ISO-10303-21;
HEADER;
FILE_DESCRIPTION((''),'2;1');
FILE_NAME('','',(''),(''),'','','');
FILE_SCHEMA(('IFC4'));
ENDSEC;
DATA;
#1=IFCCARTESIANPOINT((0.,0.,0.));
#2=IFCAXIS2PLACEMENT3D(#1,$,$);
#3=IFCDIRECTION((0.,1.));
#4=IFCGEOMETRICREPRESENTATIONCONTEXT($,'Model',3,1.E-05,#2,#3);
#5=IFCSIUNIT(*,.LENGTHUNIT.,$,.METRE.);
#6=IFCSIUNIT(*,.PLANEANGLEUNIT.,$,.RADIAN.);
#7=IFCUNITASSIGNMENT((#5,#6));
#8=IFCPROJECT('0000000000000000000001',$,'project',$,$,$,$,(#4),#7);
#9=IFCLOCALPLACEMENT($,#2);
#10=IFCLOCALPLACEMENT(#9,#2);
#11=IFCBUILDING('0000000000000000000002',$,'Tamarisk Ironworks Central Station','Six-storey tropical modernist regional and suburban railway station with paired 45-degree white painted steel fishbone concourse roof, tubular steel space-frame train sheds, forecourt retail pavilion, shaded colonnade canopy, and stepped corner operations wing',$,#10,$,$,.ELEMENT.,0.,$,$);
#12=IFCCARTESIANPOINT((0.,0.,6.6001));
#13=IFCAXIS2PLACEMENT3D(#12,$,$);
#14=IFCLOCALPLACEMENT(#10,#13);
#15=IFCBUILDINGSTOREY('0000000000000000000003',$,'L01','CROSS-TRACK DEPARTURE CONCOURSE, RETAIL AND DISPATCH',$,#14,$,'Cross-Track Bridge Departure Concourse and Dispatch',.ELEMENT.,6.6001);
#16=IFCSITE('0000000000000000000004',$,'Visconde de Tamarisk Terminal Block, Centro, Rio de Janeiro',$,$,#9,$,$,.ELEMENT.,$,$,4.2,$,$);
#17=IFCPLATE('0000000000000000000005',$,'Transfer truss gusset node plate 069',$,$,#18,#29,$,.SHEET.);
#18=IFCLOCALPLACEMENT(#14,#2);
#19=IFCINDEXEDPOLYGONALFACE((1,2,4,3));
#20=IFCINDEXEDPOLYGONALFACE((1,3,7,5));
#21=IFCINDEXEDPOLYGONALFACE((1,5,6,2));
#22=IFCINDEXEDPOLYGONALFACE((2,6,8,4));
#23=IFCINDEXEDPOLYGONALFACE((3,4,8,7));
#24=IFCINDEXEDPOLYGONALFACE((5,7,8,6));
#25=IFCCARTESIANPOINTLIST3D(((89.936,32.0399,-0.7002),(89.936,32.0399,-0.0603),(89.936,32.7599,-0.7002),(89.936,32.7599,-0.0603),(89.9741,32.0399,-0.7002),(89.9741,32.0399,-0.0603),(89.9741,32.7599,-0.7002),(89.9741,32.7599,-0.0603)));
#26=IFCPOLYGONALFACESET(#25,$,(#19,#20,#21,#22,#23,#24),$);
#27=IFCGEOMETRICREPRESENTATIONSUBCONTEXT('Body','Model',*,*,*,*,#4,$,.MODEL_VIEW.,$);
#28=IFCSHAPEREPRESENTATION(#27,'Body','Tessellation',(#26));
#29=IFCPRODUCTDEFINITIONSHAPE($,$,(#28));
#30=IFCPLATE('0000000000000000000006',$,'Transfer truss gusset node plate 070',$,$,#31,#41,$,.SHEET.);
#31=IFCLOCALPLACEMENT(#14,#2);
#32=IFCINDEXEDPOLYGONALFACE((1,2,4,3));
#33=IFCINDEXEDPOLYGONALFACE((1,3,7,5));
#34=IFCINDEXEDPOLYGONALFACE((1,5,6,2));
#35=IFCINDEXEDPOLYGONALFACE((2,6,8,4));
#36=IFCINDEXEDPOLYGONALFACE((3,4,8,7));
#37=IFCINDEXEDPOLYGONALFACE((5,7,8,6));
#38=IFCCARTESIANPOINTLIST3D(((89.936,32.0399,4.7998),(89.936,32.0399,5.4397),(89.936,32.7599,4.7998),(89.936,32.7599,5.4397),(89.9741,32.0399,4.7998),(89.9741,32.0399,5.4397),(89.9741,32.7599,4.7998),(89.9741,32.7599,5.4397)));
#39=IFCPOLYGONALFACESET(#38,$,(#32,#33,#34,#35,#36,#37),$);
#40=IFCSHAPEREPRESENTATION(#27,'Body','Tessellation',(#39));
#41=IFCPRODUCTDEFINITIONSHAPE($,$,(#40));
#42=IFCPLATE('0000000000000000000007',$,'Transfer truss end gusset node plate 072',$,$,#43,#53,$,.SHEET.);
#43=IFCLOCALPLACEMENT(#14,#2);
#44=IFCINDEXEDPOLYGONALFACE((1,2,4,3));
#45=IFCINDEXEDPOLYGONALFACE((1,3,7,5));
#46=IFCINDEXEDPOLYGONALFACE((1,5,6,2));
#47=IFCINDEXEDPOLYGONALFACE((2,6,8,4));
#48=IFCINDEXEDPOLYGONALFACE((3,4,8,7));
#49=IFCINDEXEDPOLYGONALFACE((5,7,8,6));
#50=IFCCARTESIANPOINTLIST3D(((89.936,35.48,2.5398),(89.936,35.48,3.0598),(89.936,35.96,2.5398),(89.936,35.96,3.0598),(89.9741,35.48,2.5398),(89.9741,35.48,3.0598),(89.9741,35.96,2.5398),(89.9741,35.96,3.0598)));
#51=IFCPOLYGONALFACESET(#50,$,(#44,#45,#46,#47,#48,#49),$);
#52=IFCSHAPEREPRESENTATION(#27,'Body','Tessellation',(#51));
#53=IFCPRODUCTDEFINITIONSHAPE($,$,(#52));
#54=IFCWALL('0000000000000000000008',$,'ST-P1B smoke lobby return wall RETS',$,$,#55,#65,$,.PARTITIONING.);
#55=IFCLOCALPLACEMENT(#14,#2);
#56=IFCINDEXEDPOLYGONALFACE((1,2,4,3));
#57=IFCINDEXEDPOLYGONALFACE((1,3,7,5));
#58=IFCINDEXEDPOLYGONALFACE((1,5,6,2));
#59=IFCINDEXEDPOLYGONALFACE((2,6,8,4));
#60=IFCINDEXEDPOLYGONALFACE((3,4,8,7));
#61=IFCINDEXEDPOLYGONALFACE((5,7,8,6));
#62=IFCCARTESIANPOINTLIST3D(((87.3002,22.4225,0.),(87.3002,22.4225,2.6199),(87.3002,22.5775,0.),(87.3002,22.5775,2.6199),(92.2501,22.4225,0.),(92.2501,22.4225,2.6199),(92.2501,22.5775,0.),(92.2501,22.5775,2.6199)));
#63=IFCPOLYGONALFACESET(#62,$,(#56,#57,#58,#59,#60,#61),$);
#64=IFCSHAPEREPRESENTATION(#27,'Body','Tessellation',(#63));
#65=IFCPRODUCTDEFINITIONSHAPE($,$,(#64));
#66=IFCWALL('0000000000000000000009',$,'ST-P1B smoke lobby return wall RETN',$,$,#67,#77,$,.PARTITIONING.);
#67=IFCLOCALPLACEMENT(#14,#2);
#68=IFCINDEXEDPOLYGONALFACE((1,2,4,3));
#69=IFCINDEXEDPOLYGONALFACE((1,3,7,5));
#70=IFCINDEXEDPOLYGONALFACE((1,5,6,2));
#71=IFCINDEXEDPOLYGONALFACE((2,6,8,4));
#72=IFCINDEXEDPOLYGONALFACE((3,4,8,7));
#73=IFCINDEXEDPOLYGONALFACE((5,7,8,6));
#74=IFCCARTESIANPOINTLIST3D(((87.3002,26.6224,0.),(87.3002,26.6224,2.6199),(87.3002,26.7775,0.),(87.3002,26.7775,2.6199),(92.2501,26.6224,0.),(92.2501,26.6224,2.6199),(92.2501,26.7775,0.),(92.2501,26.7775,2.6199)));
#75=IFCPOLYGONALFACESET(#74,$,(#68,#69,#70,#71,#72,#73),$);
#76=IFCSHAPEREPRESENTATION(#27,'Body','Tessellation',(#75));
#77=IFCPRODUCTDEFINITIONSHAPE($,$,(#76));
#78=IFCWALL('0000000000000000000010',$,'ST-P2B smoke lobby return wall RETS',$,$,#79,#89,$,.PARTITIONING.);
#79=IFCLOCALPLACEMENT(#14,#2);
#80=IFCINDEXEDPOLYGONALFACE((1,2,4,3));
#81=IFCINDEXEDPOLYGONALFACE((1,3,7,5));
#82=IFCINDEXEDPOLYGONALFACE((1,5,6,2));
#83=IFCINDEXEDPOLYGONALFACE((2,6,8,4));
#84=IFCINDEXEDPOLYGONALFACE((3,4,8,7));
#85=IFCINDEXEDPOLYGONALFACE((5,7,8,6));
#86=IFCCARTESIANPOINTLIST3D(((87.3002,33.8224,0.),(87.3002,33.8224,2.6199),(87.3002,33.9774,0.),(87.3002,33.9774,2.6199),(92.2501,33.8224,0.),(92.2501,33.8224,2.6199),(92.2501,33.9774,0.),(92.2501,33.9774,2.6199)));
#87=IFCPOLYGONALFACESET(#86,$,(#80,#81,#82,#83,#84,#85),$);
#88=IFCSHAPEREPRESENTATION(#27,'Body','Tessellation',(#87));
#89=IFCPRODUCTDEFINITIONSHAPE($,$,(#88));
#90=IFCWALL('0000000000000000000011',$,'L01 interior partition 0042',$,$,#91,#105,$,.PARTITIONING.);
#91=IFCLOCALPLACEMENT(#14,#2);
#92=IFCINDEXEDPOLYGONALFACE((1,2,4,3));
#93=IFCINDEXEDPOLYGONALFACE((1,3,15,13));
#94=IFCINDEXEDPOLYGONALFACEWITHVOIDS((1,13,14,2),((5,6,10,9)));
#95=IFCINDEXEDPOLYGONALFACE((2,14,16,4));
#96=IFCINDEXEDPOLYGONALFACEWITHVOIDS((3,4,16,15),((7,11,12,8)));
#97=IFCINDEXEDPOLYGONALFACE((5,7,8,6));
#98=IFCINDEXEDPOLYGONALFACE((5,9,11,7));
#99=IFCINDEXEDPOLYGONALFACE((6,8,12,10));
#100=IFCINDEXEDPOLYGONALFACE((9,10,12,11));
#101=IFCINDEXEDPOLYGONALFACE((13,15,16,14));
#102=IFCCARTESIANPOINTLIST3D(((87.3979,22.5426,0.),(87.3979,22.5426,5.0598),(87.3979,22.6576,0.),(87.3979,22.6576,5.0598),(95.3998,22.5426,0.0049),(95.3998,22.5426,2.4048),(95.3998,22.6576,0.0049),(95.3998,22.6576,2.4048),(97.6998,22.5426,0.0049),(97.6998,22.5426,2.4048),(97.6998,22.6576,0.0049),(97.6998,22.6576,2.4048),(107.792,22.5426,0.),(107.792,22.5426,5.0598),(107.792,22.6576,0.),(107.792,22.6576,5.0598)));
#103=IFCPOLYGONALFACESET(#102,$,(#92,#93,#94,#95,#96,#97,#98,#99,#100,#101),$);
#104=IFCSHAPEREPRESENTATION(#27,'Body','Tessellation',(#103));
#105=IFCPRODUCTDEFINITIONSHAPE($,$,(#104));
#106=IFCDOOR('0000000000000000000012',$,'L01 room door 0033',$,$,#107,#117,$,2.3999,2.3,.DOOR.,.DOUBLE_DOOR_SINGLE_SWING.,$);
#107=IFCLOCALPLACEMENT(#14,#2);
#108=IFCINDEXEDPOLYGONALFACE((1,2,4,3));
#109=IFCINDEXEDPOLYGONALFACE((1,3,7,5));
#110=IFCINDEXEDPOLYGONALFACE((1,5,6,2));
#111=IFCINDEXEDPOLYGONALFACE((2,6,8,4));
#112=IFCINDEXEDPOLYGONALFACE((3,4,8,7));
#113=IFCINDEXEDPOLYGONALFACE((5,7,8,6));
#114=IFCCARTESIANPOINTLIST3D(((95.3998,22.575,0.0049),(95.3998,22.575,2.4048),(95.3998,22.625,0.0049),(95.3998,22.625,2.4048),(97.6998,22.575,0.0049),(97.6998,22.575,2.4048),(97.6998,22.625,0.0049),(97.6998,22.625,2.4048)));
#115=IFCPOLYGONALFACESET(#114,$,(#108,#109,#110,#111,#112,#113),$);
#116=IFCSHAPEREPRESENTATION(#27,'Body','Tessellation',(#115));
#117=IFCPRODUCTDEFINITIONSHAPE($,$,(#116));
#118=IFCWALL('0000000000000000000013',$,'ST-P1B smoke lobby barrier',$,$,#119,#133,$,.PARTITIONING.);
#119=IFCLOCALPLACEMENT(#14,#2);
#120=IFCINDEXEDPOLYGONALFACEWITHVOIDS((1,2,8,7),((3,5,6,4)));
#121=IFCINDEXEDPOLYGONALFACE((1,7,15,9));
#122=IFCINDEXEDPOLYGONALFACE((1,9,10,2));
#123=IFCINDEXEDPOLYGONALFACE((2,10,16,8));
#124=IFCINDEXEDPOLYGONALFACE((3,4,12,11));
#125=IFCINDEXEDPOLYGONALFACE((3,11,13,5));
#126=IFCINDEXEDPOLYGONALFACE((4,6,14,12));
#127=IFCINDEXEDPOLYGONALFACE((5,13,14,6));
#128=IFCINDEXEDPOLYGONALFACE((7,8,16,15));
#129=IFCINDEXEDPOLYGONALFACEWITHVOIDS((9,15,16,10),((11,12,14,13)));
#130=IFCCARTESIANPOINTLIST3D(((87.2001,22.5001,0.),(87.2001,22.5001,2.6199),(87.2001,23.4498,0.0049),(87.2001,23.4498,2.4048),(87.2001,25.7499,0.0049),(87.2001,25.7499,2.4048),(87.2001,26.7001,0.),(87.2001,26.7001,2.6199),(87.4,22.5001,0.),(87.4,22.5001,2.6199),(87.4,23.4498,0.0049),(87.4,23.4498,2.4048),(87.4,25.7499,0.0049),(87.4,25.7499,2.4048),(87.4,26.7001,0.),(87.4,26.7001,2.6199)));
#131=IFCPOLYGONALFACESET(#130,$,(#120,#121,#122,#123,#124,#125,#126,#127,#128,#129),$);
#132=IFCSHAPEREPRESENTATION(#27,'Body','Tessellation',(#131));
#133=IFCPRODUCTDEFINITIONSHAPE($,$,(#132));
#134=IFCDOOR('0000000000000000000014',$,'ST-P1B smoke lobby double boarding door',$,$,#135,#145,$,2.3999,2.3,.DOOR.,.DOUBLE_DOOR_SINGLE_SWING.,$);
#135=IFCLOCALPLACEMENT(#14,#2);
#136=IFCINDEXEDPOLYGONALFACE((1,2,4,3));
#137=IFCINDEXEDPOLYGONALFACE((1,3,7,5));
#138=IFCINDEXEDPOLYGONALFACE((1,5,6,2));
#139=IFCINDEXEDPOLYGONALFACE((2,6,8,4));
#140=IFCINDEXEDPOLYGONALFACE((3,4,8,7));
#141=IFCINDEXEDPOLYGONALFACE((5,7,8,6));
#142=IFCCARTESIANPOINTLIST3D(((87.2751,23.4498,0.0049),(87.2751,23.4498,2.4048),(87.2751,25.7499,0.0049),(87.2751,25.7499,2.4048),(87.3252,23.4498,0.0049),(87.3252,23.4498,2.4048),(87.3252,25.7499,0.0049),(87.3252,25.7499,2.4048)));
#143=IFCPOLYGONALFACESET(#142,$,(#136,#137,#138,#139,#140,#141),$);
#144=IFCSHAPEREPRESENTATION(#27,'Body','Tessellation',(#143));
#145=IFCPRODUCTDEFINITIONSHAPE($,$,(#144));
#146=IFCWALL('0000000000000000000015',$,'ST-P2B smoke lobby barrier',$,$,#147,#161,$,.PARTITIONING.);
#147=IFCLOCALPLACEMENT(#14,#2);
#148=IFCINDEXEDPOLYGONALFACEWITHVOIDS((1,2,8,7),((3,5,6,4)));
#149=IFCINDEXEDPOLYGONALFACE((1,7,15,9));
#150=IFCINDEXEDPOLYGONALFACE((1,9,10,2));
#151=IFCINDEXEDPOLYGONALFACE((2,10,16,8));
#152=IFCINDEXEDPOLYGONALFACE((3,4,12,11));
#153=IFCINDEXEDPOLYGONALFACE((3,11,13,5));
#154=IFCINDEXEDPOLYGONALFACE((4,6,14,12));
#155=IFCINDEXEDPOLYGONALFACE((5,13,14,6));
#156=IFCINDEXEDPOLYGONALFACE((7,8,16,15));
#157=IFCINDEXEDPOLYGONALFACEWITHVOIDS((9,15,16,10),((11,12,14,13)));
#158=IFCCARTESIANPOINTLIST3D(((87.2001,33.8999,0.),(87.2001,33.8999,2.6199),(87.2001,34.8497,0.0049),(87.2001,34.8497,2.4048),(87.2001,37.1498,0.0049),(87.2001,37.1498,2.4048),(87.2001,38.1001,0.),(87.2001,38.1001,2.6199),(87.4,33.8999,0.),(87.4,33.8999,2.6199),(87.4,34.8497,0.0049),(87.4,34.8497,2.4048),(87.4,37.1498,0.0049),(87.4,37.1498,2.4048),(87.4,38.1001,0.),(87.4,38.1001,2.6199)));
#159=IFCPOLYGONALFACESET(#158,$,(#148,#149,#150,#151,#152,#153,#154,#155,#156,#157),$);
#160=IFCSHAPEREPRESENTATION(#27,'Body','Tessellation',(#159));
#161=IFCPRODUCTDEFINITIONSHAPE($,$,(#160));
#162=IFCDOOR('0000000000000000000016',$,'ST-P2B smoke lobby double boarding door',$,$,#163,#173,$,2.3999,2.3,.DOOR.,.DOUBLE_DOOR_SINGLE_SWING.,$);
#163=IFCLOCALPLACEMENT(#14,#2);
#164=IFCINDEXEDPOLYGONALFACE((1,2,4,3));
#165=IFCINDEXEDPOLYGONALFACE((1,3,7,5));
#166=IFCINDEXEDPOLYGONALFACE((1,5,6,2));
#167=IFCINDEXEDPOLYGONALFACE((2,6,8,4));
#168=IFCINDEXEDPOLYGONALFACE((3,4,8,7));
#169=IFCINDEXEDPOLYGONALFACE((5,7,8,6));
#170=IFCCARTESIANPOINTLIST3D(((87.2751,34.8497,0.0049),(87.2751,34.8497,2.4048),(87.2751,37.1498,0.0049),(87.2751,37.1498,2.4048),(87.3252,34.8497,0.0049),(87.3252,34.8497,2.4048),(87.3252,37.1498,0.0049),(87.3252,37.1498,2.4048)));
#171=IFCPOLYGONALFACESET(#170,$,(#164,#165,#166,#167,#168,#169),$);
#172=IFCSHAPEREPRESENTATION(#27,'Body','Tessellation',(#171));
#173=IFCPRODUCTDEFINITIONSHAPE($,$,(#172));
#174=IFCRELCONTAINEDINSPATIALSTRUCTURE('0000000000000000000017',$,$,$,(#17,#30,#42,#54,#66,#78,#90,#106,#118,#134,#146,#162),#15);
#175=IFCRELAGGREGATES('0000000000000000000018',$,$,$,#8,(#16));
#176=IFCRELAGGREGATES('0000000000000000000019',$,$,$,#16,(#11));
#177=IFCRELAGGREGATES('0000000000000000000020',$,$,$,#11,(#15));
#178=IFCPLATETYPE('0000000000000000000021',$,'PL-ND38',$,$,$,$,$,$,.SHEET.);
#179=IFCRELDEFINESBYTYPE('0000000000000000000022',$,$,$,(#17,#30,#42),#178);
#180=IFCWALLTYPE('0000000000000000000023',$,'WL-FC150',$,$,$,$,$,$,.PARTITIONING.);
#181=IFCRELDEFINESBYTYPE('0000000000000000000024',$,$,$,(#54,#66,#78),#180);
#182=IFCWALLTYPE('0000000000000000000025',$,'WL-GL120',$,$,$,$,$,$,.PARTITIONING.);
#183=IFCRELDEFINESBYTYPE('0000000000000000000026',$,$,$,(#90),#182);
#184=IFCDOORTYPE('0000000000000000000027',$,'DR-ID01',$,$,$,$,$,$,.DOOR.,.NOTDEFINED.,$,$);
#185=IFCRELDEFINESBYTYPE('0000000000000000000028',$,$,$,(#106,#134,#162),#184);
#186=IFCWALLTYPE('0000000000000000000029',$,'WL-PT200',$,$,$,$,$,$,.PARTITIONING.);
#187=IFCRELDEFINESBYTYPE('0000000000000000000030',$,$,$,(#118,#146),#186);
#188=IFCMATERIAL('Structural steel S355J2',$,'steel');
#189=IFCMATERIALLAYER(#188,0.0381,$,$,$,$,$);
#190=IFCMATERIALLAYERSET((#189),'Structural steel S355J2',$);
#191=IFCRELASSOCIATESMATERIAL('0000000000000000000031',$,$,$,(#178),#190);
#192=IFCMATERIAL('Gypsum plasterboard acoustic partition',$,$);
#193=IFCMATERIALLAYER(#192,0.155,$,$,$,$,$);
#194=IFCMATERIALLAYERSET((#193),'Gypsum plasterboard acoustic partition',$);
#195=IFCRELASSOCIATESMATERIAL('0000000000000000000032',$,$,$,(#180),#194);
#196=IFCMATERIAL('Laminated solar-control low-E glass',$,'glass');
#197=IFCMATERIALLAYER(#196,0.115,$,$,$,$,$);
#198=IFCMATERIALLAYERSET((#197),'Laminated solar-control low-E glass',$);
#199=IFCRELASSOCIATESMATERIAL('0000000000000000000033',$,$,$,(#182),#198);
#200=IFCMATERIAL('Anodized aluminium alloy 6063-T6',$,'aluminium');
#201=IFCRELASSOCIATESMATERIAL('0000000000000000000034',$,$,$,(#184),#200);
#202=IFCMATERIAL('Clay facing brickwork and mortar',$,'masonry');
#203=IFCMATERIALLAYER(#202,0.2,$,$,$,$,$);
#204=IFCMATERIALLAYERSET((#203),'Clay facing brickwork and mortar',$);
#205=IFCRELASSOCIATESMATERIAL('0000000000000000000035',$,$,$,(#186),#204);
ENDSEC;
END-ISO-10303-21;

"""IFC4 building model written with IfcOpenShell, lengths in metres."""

from ifc_helpers import new_model, si_unit, direction, frame, frame_2d, origin, origin_2d, place, context, subcontext, project, spatial, rectangle, extrude, material, layer, layer_set, type_object, element, fill, save


model = new_model("IFC4")

# Units and contexts
model_context = context("Model", 3, precision=1e-05, world=origin(), true_north=direction((0.0, 1.0)))
body_context = subcontext(model_context, "Body", "Model", "MODEL_VIEW")
ifc_project = project(units=[si_unit("LENGTHUNIT", "METRE"), si_unit("PLANEANGLEUNIT", "RADIAN")], contexts=[model_context])

# Site, building, storey
site_placement = place(None, origin())
site = spatial("IfcSite", under=ifc_project, at=site_placement, Name="Visconde de Tamarisk Terminal Block, Centro, Rio de Janeiro", CompositionType="ELEMENT", RefElevation=4.2)
building_placement = place(site_placement, origin())
building = spatial("IfcBuilding", under=site, at=building_placement, Name="Tamarisk Ironworks Central Station", Description="Six-storey tropical modernist regional and suburban railway station with paired 45-degree white painted steel fishbone concourse roof, tubular steel space-frame train sheds, forecourt retail pavilion, shaded colonnade canopy, and stepped corner operations wing", CompositionType="ELEMENT", ElevationOfRefHeight=0.0)
storey_placement = place(building_placement, frame((0.0, 0.0, 6.6001)))
storey = spatial("IfcBuildingStorey", under=building, at=storey_placement, Name="L01", Description="CROSS-TRACK DEPARTURE CONCOURSE, RETAIL AND DISPATCH", LongName="Cross-Track Bridge Departure Concourse and Dispatch", CompositionType="ELEMENT", Elevation=6.6001)

# Shared definitions
ifc_material_1 = material(Name="Structural steel S355J2", Category="steel")

# Plates
ifc_layer_1 = layer(ifc_material_1, 0.0381)
ifc_layer_set_1 = layer_set([ifc_layer_1], Name="Structural steel S355J2")
plate_type_1 = type_object("IfcPlateType", Name="PL-ND38", PredefinedType="SHEET", material=ifc_layer_set_1)
for number, where, z_axis, x_axis, name in (
    (1, (89.9551, 32.3999, -0.7002), (0.0, 0.0, 1.0), (1.0, 0.0, 0.0), "Transfer truss gusset node plate 069"),
    (2, (89.9551, 32.3999, 4.7998), (0.0, 0.0, 1.0), (1.0, 0.0, 0.0), "Transfer truss gusset node plate 070"),
):
    element("IfcPlate", number, at=place(storey_placement, frame(where, z_axis=z_axis, x_axis=x_axis)), inside=storey, type_object=plate_type_1, Name=name, PredefinedType="SHEET", context=body_context, shape_type="SweptSolid", body=[
        extrude(rectangle(XDim=0.0381, YDim=0.72, at=origin_2d()), origin(), (0.0, 0.0, 1.0), 0.6399),
    ])
plate_placement = place(storey_placement, frame((89.9551, 35.72, 2.5398), z_axis=(0.0, 0.0, 1.0), x_axis=(1.0, 0.0, 0.0)))
element("IfcPlate", 3, at=plate_placement, inside=storey, type_object=plate_type_1, Name="Transfer truss end gusset node plate 072", PredefinedType="SHEET", context=body_context, shape_type="SweptSolid", body=[
    extrude(rectangle(XDim=0.0381, YDim=0.48, at=origin_2d()), origin(), (0.0, 0.0, 1.0), 0.52),
])

# Walls
ifc_material_2 = material(Name="Gypsum plasterboard acoustic partition")
ifc_layer_2 = layer(ifc_material_2, 0.155)
ifc_layer_set_2 = layer_set([ifc_layer_2], Name="Gypsum plasterboard acoustic partition")
wall_type_1 = type_object("IfcWallType", Name="WL-FC150", PredefinedType="PARTITIONING", material=ifc_layer_set_2)
for number, where, z_axis, x_axis, name in (
    (4, (87.3, 22.5, 0.0), (0.0, 0.0, 1.0), (1.0, 0.0, 0.0), "ST-P1B smoke lobby return wall RETS"),
    (5, (87.3, 26.7, 0.0), (0.0, 0.0, 1.0), (1.0, 0.0, 0.0), "ST-P1B smoke lobby return wall RETN"),
    (6, (87.3, 33.8999, 0.0), (0.0, 0.0, 1.0), (1.0, 0.0, 0.0), "ST-P2B smoke lobby return wall RETS"),
):
    element("IfcWall", number, at=place(storey_placement, frame(where, z_axis=z_axis, x_axis=x_axis)), inside=storey, type_object=wall_type_1, Name=name, PredefinedType="PARTITIONING", context=body_context, shape_type="SweptSolid", body=[
        extrude(rectangle(XDim=4.95, YDim=0.155, at=frame_2d((2.4751, 0.0))), origin(), (0.0, 0.0, 1.0), 2.6199),
    ])

# Walls, openings, doors
ifc_material_3 = material(Name="Laminated solar-control low-E glass", Category="glass")
ifc_layer_3 = layer(ifc_material_3, 0.115)
ifc_layer_set_3 = layer_set([ifc_layer_3], Name="Laminated solar-control low-E glass")
wall_type_2 = type_object("IfcWallType", Name="WL-GL120", PredefinedType="PARTITIONING", material=ifc_layer_set_3)
wall_1_placement = place(storey_placement, frame((87.3979, 22.6001, 0.0), z_axis=(0.0, 0.0, 1.0), x_axis=(1.0, 0.0, 0.0)))
wall_1 = element("IfcWall", 7, at=wall_1_placement, inside=storey, type_object=wall_type_2, Name="L01 interior partition 0042", PredefinedType="PARTITIONING", context=body_context, shape_type="SweptSolid", body=[
    extrude(rectangle(XDim=20.394, YDim=0.115, at=frame_2d((10.197, 0.0))), origin(), (0.0, 0.0, 1.0), 5.0598),
])
opening_1_placement = place(wall_1_placement, frame((8.002, 0.0, 0.0049)))
opening_1 = element("IfcOpeningElement", 8, at=opening_1_placement, cuts=wall_1, PredefinedType="OPENING", context=body_context, shape_type="SweptSolid", body=[
    extrude(rectangle(XDim=2.3, YDim=2.3999, at=frame_2d((1.1499, 1.2))), frame((0.0, 0.0693, 0.0), z_axis=(0.0, -1.0, 0.0), x_axis=(1.0, 0.0, 0.0)), (0.0, 0.0, 1.0), 0.1389),
])
ifc_material_4 = material(Name="Anodized aluminium alloy 6063-T6", Category="aluminium")
door_type_1 = type_object("IfcDoorType", Name="DR-ID01", OperationType="NOTDEFINED", PredefinedType="DOOR", material=ifc_material_4)
door_1_placement = place(opening_1_placement, origin())
door_1 = element("IfcDoor", 9, at=door_1_placement, inside=storey, type_object=door_type_1, Name="L01 room door 0033", OperationType="DOUBLE_DOOR_SINGLE_SWING", OverallHeight=2.3999, OverallWidth=2.3, PredefinedType="DOOR", context=body_context, shape_type="SweptSolid", body=[
    extrude(rectangle(XDim=2.3, YDim=2.3999, at=frame_2d((1.1499, 1.2))), frame((0.0, 0.0249, 0.0), z_axis=(0.0, -1.0, 0.0), x_axis=(1.0, 0.0, 0.0)), (0.0, 0.0, 1.0), 0.05),
])
fill(opening_1, door_1)
ifc_material_5 = material(Name="Clay facing brickwork and mortar", Category="masonry")
ifc_layer_4 = layer(ifc_material_5, 0.2)
ifc_layer_set_4 = layer_set([ifc_layer_4], Name="Clay facing brickwork and mortar")
wall_type_3 = type_object("IfcWallType", Name="WL-PT200", PredefinedType="PARTITIONING", material=ifc_layer_set_4)
wall_2_placement = place(storey_placement, frame((87.3, 22.5, 0.0), z_axis=(0.0, 0.0, 1.0), x_axis=(0.0, 1.0, 0.0)))
wall_2 = element("IfcWall", 10, at=wall_2_placement, inside=storey, type_object=wall_type_3, Name="ST-P1B smoke lobby barrier", PredefinedType="PARTITIONING", context=body_context, shape_type="SweptSolid", body=[
    extrude(rectangle(XDim=4.2, YDim=0.2, at=frame_2d((2.1001, 0.0))), origin(), (0.0, 0.0, 1.0), 2.6199),
])
opening_2_placement = place(wall_2_placement, frame((0.95, 0.0, 0.0049)))
opening_2 = element("IfcOpeningElement", 11, at=opening_2_placement, cuts=wall_2, PredefinedType="OPENING", context=body_context, shape_type="SweptSolid", body=[
    extrude(rectangle(XDim=2.3, YDim=2.3999, at=frame_2d((1.1499, 1.2))), frame((0.0, 0.1118, 0.0), z_axis=(0.0, -1.0, 0.0), x_axis=(1.0, 0.0, 0.0)), (0.0, 0.0, 1.0), 0.2239),
])
door_2_placement = place(opening_2_placement, origin())
door_2 = element("IfcDoor", 12, at=door_2_placement, inside=storey, type_object=door_type_1, Name="ST-P1B smoke lobby double boarding door", OperationType="DOUBLE_DOOR_SINGLE_SWING", OverallHeight=2.3999, OverallWidth=2.3, PredefinedType="DOOR", context=body_context, shape_type="SweptSolid", body=[
    extrude(rectangle(XDim=2.3, YDim=2.3999, at=frame_2d((1.1499, 1.2))), frame((0.0, 0.0249, 0.0), z_axis=(0.0, -1.0, 0.0), x_axis=(1.0, 0.0, 0.0)), (0.0, 0.0, 1.0), 0.05),
])
fill(opening_2, door_2)
wall_3_placement = place(storey_placement, frame((87.3, 33.8999, 0.0), z_axis=(0.0, 0.0, 1.0), x_axis=(0.0, 1.0, 0.0)))
wall_3 = element("IfcWall", 13, at=wall_3_placement, inside=storey, type_object=wall_type_3, Name="ST-P2B smoke lobby barrier", PredefinedType="PARTITIONING", context=body_context, shape_type="SweptSolid", body=[
    extrude(rectangle(XDim=4.2002, YDim=0.2, at=frame_2d((2.1001, 0.0))), origin(), (0.0, 0.0, 1.0), 2.6199),
])
opening_3_placement = place(wall_3_placement, frame((0.95, 0.0, 0.0049)))
opening_3 = element("IfcOpeningElement", 14, at=opening_3_placement, cuts=wall_3, PredefinedType="OPENING", context=body_context, shape_type="SweptSolid", body=[
    extrude(rectangle(XDim=2.3, YDim=2.3999, at=frame_2d((1.1499, 1.2))), frame((0.0, 0.1118, 0.0), z_axis=(0.0, -1.0, 0.0), x_axis=(1.0, 0.0, 0.0)), (0.0, 0.0, 1.0), 0.2239),
])
door_3_placement = place(opening_3_placement, origin())
door_3 = element("IfcDoor", 15, at=door_3_placement, inside=storey, type_object=door_type_1, Name="ST-P2B smoke lobby double boarding door", OperationType="DOUBLE_DOOR_SINGLE_SWING", OverallHeight=2.3999, OverallWidth=2.3, PredefinedType="DOOR", context=body_context, shape_type="SweptSolid", body=[
    extrude(rectangle(XDim=2.3, YDim=2.3999, at=frame_2d((1.1499, 1.2))), frame((0.0, 0.0249, 0.0), z_axis=(0.0, -1.0, 0.0), x_axis=(1.0, 0.0, 0.0)), (0.0, 0.0, 1.0), 0.05),
])
fill(opening_3, door_3)

save(model, "model.ifc")
